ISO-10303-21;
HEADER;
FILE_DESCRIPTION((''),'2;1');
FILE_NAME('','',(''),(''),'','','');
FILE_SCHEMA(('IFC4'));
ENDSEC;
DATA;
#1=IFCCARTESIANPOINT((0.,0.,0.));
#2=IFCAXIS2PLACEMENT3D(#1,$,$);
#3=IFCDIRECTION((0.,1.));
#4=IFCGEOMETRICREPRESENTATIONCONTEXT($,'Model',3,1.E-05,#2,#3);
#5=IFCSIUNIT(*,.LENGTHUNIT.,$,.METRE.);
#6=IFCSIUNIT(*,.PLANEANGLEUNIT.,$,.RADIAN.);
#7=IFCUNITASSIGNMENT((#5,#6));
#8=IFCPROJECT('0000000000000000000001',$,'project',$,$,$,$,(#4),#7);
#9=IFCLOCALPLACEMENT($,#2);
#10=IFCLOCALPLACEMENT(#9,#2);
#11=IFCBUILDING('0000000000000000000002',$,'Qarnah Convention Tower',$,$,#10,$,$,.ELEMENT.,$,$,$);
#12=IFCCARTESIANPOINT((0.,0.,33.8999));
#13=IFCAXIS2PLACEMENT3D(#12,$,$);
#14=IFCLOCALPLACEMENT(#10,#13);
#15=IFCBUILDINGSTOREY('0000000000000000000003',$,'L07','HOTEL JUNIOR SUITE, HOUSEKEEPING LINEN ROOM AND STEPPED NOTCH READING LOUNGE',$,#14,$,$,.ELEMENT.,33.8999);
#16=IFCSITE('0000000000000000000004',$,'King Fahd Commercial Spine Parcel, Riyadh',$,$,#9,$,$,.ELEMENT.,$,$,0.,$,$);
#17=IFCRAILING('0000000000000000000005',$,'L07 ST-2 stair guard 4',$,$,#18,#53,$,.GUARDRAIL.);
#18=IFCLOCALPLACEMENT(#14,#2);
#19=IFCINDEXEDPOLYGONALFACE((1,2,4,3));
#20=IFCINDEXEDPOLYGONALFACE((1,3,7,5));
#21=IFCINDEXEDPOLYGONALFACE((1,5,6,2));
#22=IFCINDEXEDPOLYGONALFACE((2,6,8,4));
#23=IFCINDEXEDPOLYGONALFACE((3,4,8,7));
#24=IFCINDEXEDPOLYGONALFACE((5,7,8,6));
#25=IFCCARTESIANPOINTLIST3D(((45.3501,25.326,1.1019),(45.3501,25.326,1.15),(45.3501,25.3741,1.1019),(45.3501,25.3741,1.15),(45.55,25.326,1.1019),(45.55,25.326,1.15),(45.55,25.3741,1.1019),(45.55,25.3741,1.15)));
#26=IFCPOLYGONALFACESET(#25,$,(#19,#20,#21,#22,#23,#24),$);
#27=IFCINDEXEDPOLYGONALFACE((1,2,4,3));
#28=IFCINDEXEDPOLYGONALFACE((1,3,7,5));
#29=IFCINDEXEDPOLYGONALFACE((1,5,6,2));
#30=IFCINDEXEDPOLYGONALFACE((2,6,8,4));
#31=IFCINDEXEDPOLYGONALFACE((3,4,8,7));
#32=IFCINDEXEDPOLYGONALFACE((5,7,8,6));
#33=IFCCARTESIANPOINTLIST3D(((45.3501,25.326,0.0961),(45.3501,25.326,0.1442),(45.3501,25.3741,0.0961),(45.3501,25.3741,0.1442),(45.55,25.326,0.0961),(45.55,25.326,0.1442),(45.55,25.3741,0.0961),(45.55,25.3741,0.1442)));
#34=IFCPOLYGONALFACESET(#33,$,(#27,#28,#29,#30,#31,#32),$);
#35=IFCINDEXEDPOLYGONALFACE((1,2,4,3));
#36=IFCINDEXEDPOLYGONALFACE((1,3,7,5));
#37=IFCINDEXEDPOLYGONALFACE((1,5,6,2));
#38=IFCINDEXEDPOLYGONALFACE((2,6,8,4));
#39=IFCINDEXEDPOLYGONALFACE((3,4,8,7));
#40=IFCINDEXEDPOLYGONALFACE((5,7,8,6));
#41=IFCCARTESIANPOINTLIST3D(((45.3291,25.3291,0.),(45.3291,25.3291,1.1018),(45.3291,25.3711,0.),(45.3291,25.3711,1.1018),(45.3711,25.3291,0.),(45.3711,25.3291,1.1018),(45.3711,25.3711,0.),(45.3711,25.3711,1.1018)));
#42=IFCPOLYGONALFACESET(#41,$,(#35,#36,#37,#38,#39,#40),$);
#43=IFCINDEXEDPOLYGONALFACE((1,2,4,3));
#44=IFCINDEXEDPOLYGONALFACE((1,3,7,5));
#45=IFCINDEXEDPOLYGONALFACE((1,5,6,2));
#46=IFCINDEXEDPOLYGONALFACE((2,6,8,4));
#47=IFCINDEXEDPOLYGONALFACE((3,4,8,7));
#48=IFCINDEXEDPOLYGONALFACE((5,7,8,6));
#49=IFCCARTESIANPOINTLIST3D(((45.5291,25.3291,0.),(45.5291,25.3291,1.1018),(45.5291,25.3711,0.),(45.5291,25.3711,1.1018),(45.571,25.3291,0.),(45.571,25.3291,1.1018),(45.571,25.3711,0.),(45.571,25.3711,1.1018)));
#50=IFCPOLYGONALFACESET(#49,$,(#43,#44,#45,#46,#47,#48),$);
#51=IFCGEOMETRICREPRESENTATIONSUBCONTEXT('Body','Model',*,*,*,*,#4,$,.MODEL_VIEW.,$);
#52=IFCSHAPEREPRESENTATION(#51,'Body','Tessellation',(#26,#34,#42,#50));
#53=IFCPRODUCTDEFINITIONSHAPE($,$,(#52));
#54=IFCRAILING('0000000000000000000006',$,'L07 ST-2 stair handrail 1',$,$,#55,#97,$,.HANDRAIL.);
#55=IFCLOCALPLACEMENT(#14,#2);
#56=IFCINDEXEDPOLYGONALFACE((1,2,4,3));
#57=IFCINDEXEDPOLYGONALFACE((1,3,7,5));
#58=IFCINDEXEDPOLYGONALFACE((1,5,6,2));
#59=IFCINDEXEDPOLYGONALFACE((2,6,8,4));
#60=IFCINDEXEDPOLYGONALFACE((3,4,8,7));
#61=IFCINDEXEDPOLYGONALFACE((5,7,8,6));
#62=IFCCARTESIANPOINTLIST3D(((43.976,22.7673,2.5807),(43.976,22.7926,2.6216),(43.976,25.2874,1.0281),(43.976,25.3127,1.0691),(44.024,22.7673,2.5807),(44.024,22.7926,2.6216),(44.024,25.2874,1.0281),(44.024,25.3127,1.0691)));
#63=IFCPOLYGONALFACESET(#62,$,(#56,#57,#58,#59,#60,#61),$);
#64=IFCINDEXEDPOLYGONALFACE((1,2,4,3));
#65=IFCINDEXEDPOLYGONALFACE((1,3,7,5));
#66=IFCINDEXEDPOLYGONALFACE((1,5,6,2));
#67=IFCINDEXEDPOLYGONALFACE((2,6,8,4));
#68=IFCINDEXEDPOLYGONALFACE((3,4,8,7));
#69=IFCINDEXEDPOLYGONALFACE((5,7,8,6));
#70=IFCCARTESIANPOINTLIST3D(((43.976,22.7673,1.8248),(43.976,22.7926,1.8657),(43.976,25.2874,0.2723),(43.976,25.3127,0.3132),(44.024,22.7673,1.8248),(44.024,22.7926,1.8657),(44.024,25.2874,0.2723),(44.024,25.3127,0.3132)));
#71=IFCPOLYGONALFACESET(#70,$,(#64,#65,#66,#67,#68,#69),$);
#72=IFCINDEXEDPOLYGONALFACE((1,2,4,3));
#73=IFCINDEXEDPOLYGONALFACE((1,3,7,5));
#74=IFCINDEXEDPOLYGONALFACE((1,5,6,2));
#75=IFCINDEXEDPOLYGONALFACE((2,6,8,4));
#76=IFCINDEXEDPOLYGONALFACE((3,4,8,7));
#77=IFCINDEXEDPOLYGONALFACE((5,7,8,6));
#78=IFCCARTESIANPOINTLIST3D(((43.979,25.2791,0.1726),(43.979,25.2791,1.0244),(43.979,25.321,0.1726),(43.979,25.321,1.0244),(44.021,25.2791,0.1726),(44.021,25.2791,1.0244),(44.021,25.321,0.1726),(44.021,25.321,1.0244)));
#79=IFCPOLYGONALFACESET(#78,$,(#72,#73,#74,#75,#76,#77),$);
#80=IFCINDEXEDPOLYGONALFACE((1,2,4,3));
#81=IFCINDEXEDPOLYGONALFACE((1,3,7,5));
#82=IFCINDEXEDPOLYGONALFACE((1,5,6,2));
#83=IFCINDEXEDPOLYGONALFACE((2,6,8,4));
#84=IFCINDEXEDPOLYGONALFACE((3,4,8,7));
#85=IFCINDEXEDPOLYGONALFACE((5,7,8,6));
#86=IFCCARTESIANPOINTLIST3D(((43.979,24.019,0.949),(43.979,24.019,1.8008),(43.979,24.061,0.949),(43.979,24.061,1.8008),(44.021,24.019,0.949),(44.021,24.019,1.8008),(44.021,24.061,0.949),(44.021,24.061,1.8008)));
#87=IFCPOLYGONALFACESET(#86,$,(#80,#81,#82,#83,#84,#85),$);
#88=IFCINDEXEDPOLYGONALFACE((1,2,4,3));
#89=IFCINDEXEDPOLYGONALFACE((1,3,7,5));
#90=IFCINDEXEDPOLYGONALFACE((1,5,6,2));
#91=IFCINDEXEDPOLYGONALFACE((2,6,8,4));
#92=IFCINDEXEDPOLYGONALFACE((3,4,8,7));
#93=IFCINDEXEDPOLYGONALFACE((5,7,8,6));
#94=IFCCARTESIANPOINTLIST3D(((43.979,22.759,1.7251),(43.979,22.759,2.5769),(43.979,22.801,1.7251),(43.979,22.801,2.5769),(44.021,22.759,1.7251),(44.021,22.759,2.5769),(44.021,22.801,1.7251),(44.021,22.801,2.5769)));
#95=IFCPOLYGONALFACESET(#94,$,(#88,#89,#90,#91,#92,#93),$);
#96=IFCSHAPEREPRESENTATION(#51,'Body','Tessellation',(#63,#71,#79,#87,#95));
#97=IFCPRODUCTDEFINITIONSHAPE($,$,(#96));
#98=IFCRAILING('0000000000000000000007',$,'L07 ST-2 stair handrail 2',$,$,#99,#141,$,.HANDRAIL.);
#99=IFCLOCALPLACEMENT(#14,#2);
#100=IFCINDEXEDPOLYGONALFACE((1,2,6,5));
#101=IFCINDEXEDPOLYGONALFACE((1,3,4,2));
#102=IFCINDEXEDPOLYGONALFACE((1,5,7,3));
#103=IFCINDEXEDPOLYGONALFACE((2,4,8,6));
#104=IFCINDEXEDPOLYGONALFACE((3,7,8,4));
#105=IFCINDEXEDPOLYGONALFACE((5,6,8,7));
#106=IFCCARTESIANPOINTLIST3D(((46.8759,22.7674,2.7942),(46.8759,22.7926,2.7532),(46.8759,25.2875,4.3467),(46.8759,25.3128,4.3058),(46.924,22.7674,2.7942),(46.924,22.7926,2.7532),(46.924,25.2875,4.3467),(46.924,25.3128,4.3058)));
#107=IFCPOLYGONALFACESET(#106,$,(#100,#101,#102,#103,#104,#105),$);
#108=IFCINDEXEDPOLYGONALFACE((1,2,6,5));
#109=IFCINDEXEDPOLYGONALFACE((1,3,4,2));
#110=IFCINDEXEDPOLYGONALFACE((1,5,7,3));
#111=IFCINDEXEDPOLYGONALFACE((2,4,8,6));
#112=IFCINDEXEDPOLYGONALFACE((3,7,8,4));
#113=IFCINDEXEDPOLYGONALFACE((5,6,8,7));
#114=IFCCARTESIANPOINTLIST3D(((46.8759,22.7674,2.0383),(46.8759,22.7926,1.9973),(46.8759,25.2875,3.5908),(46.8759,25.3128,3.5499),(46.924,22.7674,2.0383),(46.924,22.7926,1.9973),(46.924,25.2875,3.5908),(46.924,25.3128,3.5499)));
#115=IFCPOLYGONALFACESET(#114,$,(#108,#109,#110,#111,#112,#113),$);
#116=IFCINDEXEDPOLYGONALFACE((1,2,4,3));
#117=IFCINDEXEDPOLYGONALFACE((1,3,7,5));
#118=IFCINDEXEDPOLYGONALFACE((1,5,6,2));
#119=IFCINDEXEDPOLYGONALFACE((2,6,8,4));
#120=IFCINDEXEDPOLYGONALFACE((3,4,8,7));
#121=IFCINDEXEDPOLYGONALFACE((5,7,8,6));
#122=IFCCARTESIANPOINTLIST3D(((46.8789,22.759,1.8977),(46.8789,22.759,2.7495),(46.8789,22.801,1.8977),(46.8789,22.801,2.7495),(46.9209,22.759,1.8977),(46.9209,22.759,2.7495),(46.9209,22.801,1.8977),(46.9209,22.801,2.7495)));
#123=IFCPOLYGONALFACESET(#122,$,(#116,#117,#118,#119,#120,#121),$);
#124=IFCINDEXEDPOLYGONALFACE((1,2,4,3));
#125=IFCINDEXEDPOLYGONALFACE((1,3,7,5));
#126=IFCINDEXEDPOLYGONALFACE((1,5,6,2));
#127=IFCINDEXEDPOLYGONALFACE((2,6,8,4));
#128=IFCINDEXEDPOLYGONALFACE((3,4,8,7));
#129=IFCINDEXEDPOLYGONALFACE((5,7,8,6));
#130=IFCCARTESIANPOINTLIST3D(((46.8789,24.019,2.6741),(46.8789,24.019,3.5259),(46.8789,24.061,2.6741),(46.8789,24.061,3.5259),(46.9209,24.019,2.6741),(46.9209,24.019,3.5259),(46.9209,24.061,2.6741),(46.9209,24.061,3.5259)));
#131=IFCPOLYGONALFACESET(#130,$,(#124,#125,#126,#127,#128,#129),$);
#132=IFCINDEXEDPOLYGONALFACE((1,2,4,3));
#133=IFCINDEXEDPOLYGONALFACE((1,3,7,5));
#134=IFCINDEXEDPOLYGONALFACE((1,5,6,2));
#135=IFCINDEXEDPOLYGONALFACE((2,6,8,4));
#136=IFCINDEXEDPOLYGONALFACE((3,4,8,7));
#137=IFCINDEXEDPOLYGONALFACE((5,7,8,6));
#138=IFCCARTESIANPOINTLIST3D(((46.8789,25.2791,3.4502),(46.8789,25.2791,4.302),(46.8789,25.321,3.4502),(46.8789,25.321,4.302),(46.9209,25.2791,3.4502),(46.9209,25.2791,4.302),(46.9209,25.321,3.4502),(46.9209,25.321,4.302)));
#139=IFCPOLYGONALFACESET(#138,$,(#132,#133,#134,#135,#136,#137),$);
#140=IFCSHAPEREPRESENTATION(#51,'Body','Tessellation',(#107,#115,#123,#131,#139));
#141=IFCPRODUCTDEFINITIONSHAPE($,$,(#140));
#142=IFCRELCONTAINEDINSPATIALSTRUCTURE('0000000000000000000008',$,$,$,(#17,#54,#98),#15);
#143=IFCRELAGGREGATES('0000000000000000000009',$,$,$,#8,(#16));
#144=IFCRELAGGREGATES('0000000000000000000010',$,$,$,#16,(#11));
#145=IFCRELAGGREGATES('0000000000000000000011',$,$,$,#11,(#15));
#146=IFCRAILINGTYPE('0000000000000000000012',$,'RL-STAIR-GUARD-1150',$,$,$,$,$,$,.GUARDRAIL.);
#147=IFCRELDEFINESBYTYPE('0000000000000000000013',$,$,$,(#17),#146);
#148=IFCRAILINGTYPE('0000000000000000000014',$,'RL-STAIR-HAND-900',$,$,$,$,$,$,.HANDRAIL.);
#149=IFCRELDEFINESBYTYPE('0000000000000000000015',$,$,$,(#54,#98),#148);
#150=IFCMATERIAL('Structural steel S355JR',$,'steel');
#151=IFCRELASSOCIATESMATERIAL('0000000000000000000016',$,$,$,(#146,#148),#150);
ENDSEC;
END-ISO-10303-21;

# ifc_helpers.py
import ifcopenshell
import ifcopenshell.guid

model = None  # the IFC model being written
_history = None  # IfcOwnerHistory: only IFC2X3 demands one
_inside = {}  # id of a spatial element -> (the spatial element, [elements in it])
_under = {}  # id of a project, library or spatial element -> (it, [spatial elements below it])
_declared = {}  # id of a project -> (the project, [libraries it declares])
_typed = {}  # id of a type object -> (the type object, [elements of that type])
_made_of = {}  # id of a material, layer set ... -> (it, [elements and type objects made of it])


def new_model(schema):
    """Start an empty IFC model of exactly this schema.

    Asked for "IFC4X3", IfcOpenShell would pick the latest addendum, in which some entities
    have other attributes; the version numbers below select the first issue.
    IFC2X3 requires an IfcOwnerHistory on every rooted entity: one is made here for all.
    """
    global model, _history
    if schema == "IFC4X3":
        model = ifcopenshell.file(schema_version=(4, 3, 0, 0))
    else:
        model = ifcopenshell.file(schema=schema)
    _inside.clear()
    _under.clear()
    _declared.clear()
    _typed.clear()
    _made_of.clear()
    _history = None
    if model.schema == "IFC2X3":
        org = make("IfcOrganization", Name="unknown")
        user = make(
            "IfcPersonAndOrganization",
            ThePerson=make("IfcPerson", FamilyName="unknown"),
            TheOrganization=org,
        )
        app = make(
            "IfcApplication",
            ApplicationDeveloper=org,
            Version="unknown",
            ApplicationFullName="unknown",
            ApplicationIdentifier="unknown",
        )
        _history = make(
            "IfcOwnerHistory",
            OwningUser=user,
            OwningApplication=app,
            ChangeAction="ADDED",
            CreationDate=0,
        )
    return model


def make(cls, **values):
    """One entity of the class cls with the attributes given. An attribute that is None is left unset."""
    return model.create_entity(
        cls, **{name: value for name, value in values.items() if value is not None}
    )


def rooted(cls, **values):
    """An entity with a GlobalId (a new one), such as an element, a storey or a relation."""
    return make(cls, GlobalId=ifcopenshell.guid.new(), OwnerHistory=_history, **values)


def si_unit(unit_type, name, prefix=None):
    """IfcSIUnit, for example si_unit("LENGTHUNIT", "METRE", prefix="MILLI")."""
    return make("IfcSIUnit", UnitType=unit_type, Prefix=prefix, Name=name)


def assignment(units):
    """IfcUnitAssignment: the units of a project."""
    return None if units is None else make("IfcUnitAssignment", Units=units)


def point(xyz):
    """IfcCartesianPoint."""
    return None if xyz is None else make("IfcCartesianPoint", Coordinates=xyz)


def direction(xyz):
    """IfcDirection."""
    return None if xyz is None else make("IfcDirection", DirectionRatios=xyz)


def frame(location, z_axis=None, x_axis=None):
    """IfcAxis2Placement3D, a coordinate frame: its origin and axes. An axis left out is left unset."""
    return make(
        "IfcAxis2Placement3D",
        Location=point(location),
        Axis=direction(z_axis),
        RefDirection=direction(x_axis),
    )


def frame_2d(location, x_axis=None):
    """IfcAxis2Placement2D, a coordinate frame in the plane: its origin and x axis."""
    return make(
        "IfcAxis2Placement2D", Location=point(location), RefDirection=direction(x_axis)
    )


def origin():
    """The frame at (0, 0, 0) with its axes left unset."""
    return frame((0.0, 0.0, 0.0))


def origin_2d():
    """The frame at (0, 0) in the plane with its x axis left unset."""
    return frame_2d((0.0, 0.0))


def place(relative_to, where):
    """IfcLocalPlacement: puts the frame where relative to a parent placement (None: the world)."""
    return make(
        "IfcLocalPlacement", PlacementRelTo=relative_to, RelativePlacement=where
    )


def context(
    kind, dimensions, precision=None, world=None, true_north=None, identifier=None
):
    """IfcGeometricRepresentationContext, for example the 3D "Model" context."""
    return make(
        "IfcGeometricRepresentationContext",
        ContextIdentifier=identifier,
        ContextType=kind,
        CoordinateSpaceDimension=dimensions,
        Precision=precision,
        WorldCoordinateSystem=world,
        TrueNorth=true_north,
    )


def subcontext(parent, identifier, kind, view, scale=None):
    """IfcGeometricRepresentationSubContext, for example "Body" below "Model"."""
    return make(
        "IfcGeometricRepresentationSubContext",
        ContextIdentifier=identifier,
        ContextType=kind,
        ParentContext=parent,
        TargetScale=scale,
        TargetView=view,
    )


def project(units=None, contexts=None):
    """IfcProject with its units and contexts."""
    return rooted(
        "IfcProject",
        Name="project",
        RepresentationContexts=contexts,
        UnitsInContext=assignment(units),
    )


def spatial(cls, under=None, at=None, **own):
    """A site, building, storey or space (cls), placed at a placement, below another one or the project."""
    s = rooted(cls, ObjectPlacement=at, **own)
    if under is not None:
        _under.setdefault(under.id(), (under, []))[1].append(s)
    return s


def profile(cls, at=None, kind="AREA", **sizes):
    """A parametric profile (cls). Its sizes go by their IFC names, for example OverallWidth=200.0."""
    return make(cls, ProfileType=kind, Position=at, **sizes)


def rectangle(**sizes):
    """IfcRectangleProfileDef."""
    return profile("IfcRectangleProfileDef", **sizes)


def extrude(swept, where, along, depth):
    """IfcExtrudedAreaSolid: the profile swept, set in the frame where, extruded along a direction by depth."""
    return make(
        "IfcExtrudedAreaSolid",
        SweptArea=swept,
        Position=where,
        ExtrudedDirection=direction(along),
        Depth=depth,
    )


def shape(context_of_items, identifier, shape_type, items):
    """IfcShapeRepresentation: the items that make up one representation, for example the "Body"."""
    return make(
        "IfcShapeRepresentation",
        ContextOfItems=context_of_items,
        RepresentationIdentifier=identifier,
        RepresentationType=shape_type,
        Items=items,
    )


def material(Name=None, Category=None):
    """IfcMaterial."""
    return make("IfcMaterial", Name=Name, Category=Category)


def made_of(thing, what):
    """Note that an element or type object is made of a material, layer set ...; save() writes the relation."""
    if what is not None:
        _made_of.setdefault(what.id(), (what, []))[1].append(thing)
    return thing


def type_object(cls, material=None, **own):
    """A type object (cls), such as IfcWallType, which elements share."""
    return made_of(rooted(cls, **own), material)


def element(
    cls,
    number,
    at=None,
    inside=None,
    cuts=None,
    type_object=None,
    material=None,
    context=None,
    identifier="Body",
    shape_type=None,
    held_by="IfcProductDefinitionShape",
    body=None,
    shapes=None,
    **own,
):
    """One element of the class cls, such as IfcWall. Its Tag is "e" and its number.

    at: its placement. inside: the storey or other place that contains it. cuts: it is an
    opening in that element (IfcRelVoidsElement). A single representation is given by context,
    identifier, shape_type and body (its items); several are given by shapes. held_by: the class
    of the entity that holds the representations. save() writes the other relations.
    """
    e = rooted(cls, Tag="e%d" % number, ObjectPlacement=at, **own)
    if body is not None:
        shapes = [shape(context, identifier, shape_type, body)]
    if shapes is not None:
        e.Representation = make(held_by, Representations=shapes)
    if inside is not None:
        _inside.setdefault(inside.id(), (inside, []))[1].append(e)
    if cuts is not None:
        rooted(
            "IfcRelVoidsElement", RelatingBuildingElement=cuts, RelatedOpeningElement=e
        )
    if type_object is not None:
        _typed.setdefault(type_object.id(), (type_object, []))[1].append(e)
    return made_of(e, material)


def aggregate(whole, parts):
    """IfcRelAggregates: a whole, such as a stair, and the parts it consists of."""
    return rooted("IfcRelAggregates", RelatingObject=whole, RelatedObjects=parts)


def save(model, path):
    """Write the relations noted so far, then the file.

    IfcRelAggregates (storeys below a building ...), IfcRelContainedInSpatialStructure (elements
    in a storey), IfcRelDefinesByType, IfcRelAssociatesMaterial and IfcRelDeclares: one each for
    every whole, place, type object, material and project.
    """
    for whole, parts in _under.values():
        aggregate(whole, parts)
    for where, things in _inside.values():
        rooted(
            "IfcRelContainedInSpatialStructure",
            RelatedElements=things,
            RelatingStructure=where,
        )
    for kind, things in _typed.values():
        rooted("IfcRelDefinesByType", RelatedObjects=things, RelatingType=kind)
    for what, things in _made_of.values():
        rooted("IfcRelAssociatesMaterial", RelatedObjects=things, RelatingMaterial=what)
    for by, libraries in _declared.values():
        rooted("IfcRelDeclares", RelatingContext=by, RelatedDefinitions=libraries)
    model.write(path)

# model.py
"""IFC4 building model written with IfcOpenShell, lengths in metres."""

from ifc_helpers import new_model, si_unit, direction, frame, origin, origin_2d, place, context, subcontext, project, spatial, rectangle, extrude, material, type_object, element, save


model = new_model("IFC4")

# Units and contexts
model_context = context("Model", 3, precision=1e-05, world=origin(), true_north=direction((0.0, 1.0)))
body_context = subcontext(model_context, "Body", "Model", "MODEL_VIEW")
ifc_project = project(units=[si_unit("LENGTHUNIT", "METRE"), si_unit("PLANEANGLEUNIT", "RADIAN")], contexts=[model_context])

# Site, building, storey
site_placement = place(None, origin())
site = spatial("IfcSite", under=ifc_project, at=site_placement, Name="King Fahd Commercial Spine Parcel, Riyadh", CompositionType="ELEMENT", RefElevation=0.0)
building_placement = place(site_placement, origin())
building = spatial("IfcBuilding", under=site, at=building_placement, Name="Qarnah Convention Tower", CompositionType="ELEMENT")
storey_placement = place(building_placement, frame((0.0, 0.0, 33.8999)))
storey = spatial("IfcBuildingStorey", under=building, at=storey_placement, Name="L07", Description="HOTEL JUNIOR SUITE, HOUSEKEEPING LINEN ROOM AND STEPPED NOTCH READING LOUNGE", CompositionType="ELEMENT", Elevation=33.8999)

# Shared definitions
ifc_material_1 = material(Name="Structural steel S355JR", Category="steel")

# Railings
railing_type_1 = type_object("IfcRailingType", Name="RL-STAIR-GUARD-1150", PredefinedType="GUARDRAIL", material=ifc_material_1)
railing_1_placement = place(storey_placement, frame((45.3501, 25.3501, 0.0)))
element("IfcRailing", 1, at=railing_1_placement, inside=storey, type_object=railing_type_1, Name="L07 ST-2 stair guard 4", PredefinedType="GUARDRAIL", context=body_context, shape_type="SweptSolid", body=[
    extrude(rectangle(XDim=0.0481, YDim=0.0481, at=origin_2d()), frame((0.0, 0.0, 1.126), z_axis=(1.0, 0.0, 0.0), x_axis=(0.0, 1.0, 0.0)), (0.0, 0.0, 1.0), 0.2),
    extrude(rectangle(XDim=0.0481, YDim=0.0481, at=origin_2d()), frame((0.0, 0.0, 0.1201), z_axis=(1.0, 0.0, 0.0), x_axis=(0.0, 1.0, 0.0)), (0.0, 0.0, 1.0), 0.2),
    extrude(rectangle(XDim=0.042, YDim=0.042, at=origin_2d()), origin(), (0.0, 0.0, 1.0), 1.1018),
    extrude(rectangle(XDim=0.042, YDim=0.042, at=origin_2d()), frame((0.2, 0.0, 0.0)), (0.0, 0.0, 1.0), 1.1018),
])
railing_type_2 = type_object("IfcRailingType", Name="RL-STAIR-HAND-900", PredefinedType="HANDRAIL", material=ifc_material_1)
railing_2_placement = place(storey_placement, frame((44.0, 25.3, 0.1726)))
element("IfcRailing", 2, at=railing_2_placement, inside=storey, type_object=railing_type_2, Name="L07 ST-2 stair handrail 1", PredefinedType="HANDRAIL", context=body_context, shape_type="SweptSolid", body=[
    extrude(rectangle(XDim=0.0481, YDim=0.0481, at=origin_2d()), frame((0.0, 0.0, 0.876), z_axis=(0.0, -0.8514, 0.524516), x_axis=(1.0, 0.0, 0.0)), (0.0, 0.0, 1.0), 2.96),
    extrude(rectangle(XDim=0.0481, YDim=0.0481, at=origin_2d()), frame((0.0, 0.0, 0.1201), z_axis=(0.0, -0.8514, 0.524516), x_axis=(1.0, 0.0, 0.0)), (0.0, 0.0, 1.0), 2.96),
    extrude(rectangle(XDim=0.042, YDim=0.042, at=origin_2d()), origin(), (0.0, 0.0, 1.0), 0.8518),
    extrude(rectangle(XDim=0.042, YDim=0.042, at=origin_2d()), frame((0.0, -1.26, 0.7764)), (0.0, 0.0, 1.0), 0.8518),
    extrude(rectangle(XDim=0.042, YDim=0.042, at=origin_2d()), frame((0.0, -2.52, 1.5525)), (0.0, 0.0, 1.0), 0.8518),
])
railing_3_placement = place(storey_placement, frame((46.8999, 22.78, 1.8977)))
element("IfcRailing", 3, at=railing_3_placement, inside=storey, type_object=railing_type_2, Name="L07 ST-2 stair handrail 2", PredefinedType="HANDRAIL", context=body_context, shape_type="SweptSolid", body=[
    extrude(rectangle(XDim=0.0481, YDim=0.0481, at=origin_2d()), frame((0.0, 0.0, 0.876), z_axis=(0.0, 0.8514, 0.524516), x_axis=(-1.0, 0.0, 0.0)), (0.0, 0.0, 1.0), 2.96),
    extrude(rectangle(XDim=0.0481, YDim=0.0481, at=origin_2d()), frame((0.0, 0.0, 0.1201), z_axis=(0.0, 0.8514, 0.524516), x_axis=(-1.0, 0.0, 0.0)), (0.0, 0.0, 1.0), 2.96),
    extrude(rectangle(XDim=0.042, YDim=0.042, at=origin_2d()), origin(), (0.0, 0.0, 1.0), 0.8518),
    extrude(rectangle(XDim=0.042, YDim=0.042, at=origin_2d()), frame((0.0, 1.26, 0.7764)), (0.0, 0.0, 1.0), 0.8518),
    extrude(rectangle(XDim=0.042, YDim=0.042, at=origin_2d()), frame((0.0, 2.52, 1.5525)), (0.0, 0.0, 1.0), 0.8518),
])

save(model, "model.ifc")
